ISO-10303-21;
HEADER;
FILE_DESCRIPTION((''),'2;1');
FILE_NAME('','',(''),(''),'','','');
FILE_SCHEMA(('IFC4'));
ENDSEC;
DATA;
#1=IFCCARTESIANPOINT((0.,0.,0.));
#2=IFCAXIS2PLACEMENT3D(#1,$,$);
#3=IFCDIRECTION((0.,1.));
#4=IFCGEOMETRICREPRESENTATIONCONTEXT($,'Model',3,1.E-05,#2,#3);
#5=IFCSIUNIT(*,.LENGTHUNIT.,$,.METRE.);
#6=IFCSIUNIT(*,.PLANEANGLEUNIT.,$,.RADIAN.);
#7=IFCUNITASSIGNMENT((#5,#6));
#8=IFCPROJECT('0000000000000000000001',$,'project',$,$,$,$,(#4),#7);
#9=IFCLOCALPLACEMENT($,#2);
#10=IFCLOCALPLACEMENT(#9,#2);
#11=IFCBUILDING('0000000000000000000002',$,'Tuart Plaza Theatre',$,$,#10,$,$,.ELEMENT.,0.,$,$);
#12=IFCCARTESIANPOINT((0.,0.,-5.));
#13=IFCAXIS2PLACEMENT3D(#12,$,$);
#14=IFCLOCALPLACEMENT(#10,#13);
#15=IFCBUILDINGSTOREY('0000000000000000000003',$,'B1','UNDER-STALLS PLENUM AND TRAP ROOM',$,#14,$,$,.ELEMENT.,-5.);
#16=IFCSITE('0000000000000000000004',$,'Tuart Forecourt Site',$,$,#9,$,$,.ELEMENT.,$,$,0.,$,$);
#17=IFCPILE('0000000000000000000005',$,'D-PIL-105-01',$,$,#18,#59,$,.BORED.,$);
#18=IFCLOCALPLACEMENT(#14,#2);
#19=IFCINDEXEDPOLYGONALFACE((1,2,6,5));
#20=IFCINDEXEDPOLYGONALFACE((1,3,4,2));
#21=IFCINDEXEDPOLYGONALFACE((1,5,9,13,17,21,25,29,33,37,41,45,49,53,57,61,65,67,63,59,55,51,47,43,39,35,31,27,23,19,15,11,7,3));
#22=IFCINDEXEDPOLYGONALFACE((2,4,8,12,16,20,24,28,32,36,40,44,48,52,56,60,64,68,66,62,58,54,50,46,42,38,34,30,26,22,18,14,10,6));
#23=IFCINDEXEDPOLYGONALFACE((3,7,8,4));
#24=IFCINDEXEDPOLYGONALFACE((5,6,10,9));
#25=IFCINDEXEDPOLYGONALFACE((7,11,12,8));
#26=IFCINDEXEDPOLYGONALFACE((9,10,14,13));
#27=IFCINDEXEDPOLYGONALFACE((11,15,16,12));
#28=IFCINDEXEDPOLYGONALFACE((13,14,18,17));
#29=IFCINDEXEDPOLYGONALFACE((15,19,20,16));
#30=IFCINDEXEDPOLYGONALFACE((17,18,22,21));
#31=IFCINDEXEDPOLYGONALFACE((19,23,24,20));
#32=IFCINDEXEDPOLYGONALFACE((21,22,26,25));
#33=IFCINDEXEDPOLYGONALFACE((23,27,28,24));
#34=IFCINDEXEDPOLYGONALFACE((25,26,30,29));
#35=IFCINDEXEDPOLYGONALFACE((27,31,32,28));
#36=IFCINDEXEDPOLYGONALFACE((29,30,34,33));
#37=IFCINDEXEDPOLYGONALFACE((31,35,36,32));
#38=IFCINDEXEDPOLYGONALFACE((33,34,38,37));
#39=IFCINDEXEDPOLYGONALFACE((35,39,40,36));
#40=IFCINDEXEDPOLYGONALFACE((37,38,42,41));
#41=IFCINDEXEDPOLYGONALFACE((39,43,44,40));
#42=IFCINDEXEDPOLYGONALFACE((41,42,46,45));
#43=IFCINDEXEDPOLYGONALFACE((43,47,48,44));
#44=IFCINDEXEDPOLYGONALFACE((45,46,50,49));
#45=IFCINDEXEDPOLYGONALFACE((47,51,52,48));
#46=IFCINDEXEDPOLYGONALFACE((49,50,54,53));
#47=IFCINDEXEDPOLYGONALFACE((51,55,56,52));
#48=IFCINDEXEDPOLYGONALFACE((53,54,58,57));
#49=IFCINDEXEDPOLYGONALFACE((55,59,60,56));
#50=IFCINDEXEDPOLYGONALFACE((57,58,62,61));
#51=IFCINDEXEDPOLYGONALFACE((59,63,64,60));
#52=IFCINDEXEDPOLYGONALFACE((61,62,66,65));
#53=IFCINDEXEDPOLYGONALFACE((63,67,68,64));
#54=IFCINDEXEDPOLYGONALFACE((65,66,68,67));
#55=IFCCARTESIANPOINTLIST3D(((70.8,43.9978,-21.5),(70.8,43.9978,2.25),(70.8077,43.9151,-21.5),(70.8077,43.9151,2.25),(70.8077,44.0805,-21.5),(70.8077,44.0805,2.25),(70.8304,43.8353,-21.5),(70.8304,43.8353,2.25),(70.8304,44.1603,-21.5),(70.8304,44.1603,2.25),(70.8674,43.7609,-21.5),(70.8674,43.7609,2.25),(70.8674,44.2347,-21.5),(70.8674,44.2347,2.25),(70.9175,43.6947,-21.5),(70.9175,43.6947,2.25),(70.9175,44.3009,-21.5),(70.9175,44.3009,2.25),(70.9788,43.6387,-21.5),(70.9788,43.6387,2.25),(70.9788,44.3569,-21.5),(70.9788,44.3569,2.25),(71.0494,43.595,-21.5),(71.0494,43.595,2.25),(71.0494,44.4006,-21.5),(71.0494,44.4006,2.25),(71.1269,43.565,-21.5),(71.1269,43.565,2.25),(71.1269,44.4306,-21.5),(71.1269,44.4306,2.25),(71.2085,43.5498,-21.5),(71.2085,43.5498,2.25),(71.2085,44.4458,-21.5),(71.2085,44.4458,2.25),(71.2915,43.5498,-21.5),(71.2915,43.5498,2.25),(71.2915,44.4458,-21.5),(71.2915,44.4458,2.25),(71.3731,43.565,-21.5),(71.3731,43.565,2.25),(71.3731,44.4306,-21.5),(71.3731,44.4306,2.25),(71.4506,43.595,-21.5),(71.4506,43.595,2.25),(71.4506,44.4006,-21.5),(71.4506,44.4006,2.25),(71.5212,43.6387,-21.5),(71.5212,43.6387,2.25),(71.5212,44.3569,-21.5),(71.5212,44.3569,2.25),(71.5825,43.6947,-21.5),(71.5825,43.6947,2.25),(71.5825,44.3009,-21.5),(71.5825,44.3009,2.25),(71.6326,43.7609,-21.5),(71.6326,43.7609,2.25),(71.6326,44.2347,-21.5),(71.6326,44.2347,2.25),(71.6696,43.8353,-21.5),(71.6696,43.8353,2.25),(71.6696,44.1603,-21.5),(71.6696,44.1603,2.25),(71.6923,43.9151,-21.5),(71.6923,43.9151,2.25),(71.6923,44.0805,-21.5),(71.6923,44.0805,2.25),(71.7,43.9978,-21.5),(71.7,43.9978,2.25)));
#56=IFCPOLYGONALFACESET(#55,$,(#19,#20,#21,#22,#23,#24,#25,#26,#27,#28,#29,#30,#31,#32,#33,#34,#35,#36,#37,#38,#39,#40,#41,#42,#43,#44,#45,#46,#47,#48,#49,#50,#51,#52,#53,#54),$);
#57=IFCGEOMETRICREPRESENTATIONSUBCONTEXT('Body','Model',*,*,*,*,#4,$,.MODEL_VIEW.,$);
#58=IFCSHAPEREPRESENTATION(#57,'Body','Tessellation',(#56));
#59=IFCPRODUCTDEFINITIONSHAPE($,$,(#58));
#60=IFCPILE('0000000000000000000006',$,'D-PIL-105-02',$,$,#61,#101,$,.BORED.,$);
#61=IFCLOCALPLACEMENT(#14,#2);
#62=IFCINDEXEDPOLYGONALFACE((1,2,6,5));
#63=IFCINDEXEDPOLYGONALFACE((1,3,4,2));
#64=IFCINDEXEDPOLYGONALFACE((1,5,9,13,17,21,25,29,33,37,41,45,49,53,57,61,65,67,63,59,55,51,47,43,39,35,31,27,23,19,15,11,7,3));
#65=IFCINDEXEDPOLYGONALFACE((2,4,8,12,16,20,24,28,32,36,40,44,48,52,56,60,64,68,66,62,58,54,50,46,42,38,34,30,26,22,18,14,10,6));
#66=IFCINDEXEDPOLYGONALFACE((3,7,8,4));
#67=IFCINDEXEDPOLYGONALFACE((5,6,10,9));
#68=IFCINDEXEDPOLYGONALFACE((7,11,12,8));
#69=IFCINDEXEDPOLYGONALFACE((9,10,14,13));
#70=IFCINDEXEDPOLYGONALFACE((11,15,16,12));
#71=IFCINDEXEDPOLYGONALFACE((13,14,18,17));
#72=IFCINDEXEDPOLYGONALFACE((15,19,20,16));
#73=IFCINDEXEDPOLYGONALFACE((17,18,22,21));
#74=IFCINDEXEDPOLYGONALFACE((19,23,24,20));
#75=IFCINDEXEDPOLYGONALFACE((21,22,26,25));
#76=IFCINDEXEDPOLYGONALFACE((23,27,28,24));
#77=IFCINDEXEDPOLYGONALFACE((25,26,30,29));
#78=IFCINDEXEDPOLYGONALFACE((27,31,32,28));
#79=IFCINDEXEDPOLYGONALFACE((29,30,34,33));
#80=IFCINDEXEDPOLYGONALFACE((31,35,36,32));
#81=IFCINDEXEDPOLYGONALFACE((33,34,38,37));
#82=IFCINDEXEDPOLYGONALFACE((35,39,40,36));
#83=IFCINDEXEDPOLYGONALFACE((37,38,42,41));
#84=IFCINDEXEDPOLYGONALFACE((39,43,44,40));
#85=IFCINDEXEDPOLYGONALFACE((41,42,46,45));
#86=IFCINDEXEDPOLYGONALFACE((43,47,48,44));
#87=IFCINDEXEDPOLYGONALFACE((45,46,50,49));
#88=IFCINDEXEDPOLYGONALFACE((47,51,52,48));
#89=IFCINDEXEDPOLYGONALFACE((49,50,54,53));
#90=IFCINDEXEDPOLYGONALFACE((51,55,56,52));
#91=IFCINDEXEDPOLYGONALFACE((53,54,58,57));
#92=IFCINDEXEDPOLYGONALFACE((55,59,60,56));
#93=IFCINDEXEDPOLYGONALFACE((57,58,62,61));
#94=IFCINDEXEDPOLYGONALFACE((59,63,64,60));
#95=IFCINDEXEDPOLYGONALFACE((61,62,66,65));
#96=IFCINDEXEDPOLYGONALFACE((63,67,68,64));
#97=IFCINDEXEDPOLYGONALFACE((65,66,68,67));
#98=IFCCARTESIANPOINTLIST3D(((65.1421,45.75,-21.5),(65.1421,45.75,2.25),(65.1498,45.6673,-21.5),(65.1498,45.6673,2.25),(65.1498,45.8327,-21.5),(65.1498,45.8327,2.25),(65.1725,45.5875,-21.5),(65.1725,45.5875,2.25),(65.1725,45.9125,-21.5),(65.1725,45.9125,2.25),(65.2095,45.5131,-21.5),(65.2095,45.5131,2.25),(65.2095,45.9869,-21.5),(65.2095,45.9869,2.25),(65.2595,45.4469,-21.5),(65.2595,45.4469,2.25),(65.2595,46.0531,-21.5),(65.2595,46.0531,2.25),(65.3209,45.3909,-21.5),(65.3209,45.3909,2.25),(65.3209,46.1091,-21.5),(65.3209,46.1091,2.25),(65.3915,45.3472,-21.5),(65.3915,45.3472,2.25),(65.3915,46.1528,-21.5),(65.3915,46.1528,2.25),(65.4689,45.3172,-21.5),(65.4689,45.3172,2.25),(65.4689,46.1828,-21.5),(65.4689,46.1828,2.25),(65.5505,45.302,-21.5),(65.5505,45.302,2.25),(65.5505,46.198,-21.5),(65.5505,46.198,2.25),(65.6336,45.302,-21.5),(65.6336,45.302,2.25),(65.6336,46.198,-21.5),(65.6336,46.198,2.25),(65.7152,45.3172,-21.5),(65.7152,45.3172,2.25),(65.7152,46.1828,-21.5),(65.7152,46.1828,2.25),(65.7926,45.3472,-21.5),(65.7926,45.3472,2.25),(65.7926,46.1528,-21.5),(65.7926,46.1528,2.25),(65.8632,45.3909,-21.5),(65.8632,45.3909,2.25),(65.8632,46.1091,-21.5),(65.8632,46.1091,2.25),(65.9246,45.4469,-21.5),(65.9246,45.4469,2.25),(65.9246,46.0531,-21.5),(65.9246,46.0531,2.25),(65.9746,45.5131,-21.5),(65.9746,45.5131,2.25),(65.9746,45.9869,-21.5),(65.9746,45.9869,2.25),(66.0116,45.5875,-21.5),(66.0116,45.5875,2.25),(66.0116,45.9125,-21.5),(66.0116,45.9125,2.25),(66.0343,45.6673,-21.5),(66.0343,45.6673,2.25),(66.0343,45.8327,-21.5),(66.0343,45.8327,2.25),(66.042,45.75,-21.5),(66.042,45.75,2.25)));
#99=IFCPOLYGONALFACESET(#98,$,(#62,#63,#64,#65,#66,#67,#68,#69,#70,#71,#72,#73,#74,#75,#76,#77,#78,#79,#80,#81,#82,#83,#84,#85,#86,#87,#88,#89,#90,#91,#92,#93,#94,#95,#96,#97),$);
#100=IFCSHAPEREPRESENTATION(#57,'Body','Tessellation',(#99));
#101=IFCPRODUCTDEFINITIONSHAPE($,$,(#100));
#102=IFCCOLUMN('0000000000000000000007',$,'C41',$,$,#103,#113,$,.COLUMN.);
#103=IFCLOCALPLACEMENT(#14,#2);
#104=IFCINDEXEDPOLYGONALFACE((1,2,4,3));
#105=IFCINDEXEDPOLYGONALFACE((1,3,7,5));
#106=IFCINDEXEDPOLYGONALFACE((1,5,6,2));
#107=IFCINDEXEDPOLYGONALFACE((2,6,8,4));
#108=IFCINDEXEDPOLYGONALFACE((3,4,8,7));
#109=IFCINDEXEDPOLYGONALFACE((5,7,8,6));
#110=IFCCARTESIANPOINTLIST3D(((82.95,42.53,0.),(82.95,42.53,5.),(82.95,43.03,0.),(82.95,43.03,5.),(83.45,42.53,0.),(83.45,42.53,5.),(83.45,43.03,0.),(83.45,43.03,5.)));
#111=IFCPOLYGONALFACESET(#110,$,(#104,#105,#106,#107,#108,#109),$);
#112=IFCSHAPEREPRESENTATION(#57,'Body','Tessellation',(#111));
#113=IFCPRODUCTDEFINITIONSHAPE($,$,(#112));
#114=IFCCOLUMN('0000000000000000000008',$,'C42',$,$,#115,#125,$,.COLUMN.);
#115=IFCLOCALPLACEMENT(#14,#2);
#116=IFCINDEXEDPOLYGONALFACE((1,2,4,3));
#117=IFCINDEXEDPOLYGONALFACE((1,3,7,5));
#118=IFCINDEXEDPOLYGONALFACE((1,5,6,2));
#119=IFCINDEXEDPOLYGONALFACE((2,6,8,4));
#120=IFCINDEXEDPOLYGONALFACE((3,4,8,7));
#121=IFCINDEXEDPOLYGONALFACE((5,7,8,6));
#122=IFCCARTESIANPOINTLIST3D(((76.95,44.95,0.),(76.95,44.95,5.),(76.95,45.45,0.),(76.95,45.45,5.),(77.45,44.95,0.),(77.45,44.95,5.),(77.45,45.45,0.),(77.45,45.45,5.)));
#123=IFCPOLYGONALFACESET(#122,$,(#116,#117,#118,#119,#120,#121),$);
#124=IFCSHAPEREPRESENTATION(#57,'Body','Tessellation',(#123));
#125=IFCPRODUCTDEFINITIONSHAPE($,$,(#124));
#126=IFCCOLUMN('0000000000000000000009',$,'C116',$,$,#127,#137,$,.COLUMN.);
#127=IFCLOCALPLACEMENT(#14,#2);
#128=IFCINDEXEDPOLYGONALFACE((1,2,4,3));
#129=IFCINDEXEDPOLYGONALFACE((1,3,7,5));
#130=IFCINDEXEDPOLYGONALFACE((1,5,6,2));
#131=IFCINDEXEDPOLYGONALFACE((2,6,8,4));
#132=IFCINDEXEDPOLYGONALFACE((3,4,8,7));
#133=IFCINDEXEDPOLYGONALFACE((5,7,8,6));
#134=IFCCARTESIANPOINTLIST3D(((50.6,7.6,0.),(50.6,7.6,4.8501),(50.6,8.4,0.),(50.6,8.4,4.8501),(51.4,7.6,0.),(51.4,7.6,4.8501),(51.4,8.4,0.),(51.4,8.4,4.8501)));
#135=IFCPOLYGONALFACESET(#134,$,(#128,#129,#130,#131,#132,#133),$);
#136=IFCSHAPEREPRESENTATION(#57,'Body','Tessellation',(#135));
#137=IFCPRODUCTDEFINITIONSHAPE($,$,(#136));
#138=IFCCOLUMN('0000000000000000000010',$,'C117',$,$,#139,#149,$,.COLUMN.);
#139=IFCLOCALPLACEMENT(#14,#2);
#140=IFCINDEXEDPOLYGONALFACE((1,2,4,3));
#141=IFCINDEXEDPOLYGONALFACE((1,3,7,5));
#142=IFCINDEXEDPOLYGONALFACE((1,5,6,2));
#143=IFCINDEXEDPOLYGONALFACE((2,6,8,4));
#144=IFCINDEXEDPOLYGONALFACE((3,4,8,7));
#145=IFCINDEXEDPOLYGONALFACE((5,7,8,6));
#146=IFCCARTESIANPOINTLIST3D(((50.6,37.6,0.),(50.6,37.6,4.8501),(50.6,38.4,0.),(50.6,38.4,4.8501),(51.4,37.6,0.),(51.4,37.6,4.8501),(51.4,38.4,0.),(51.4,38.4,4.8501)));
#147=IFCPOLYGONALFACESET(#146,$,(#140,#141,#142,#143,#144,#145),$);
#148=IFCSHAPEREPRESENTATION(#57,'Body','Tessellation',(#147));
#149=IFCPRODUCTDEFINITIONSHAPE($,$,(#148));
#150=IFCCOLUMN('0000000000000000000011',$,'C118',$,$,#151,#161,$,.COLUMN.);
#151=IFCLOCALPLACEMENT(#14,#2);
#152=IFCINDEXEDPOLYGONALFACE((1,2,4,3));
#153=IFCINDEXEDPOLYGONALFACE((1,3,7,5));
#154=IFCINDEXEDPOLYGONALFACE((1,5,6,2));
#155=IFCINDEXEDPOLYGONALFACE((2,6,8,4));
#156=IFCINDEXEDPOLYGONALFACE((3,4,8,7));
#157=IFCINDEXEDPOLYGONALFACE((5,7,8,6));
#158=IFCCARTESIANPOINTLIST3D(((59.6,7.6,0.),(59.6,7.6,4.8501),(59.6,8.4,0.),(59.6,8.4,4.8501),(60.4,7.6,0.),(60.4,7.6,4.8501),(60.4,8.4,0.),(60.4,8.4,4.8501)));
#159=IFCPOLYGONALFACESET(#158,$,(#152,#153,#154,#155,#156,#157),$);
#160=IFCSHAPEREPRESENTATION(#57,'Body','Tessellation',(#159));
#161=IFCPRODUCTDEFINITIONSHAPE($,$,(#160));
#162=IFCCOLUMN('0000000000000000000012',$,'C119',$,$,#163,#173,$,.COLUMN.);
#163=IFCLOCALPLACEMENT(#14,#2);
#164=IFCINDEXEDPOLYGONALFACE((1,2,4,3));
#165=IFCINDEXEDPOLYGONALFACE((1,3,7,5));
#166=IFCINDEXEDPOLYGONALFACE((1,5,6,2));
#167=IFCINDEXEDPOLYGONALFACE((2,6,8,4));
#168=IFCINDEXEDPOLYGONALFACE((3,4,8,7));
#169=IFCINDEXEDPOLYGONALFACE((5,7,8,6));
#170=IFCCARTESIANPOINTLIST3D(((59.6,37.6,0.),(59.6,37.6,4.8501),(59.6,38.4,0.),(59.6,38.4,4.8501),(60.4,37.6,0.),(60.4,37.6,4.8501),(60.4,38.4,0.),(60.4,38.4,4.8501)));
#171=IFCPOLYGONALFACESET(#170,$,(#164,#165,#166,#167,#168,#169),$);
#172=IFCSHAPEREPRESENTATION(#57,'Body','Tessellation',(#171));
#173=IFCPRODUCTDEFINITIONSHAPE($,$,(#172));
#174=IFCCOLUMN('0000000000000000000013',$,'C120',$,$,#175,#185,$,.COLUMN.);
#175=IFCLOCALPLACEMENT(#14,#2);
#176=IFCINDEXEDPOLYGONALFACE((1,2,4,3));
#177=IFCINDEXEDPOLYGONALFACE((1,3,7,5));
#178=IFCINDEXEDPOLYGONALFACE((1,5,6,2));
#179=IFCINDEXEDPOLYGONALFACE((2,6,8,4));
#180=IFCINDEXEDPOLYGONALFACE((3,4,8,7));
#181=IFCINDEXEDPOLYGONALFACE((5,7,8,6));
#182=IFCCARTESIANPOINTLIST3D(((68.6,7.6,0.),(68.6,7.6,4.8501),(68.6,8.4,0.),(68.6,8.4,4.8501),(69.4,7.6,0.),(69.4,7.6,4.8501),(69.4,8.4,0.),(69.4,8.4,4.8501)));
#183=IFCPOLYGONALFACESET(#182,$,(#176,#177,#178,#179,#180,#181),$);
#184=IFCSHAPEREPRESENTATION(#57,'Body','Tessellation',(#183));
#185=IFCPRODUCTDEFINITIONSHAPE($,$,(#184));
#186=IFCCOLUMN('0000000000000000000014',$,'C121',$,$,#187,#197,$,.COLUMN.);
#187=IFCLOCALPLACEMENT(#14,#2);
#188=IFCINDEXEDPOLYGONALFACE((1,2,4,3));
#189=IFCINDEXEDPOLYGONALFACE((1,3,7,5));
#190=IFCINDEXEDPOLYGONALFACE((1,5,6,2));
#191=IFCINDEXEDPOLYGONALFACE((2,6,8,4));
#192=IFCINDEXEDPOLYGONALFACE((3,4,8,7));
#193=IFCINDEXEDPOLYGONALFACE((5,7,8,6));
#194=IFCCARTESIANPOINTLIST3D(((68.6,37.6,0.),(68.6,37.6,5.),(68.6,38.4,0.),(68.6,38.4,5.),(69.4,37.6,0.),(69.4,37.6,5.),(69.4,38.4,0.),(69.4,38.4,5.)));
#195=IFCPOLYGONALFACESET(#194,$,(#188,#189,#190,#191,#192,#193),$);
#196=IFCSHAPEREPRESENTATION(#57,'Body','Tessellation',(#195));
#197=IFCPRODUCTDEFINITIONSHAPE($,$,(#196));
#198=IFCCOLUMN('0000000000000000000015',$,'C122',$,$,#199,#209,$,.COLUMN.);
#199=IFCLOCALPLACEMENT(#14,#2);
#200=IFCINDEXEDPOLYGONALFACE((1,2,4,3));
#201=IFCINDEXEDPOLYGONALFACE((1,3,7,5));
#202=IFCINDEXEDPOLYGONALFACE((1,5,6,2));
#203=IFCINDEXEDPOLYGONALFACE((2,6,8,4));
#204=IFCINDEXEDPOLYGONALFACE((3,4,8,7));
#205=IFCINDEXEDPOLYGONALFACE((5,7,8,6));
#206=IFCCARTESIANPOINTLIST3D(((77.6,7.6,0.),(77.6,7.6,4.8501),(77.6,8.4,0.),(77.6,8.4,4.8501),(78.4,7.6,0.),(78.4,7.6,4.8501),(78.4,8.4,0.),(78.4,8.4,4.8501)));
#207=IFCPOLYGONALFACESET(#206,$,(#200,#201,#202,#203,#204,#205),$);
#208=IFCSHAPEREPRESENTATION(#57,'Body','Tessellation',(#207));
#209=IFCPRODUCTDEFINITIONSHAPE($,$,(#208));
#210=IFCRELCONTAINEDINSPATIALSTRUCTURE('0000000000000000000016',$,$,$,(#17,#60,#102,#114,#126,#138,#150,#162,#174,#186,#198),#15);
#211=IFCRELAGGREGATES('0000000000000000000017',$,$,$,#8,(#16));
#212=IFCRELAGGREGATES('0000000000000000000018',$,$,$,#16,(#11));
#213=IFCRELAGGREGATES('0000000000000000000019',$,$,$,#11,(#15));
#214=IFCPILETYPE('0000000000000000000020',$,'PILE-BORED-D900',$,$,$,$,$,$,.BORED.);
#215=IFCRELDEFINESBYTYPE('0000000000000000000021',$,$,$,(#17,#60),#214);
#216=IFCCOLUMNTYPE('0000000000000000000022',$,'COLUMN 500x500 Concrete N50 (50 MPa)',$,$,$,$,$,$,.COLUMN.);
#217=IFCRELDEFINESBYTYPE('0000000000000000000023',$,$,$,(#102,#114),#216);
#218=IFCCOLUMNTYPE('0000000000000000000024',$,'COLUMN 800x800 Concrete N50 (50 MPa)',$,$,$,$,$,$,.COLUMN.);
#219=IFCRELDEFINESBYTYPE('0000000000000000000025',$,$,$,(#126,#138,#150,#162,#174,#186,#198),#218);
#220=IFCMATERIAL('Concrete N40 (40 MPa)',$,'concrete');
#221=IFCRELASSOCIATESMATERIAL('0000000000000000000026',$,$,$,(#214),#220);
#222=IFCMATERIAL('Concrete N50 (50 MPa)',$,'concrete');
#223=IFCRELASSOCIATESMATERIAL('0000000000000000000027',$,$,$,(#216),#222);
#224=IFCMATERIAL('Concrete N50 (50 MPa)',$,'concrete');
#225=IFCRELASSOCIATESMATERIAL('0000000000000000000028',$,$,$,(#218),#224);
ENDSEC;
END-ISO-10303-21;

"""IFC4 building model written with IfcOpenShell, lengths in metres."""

from ifc_helpers import new_model, si_unit, direction, frame, origin, origin_2d, place, context, subcontext, project, spatial, rectangle, circle, extrude, material, material_profile, profile_set, type_object, element, save


model = new_model("IFC4")

# Units and contexts
model_context = context("Model", 3, precision=1e-05, world=origin(), true_north=direction((0.0, 1.0)))
body_context = subcontext(model_context, "Body", "Model", "MODEL_VIEW")
ifc_project = project(units=[si_unit("LENGTHUNIT", "METRE"), si_unit("PLANEANGLEUNIT", "RADIAN")], contexts=[model_context])

# Site, building, storey
site_placement = place(None, origin())
site = spatial("IfcSite", under=ifc_project, at=site_placement, Name="Tuart Forecourt Site", CompositionType="ELEMENT", RefElevation=0.0)
building_placement = place(site_placement, origin())
building = spatial("IfcBuilding", under=site, at=building_placement, Name="Tuart Plaza Theatre", CompositionType="ELEMENT", ElevationOfRefHeight=0.0)
storey_placement = place(building_placement, frame((0.0, 0.0, -5.0)))
storey = spatial("IfcBuildingStorey", under=building, at=storey_placement, Name="B1", Description="UNDER-STALLS PLENUM AND TRAP ROOM", CompositionType="ELEMENT", Elevation=-5.0)

# Piles
ifc_material_1 = material(Name="Concrete N40 (40 MPa)", Category="concrete")
ifc_material_profile_1 = material_profile(ifc_material_1, circle(Radius=0.45, at=origin_2d()), Name="PILE-BORED-D900")
ifc_profile_set_1 = profile_set([ifc_material_profile_1], Name="Concrete N40 (40 MPa)")
pile_type = type_object("IfcPileType", Name="PILE-BORED-D900", PredefinedType="BORED", material=ifc_profile_set_1)
for number, where, z_axis, x_axis, name in (
    (1, (71.25, 43.9978, 2.25), (0.0, 0.0, -1.0), (1.0, 0.0, 0.0), "D-PIL-105-01"),
    (2, (65.592, 45.75, 2.25), (0.0, 0.0, -1.0), (1.0, 0.0, 0.0), "D-PIL-105-02"),
):
    element("IfcPile", number, at=place(storey_placement, frame(where, z_axis=z_axis, x_axis=x_axis)), inside=storey, type_object=pile_type, Name=name, PredefinedType="BORED", context=body_context, shape_type="SweptSolid", body=[
        extrude(circle(Radius=0.45, at=origin_2d()), origin(), (0.0, 0.0, 1.0), 23.75),
    ])

# Columns
ifc_material_2 = material(Name="Concrete N50 (50 MPa)", Category="concrete")
ifc_material_profile_2 = material_profile(ifc_material_2, rectangle(XDim=0.5, YDim=0.5, at=origin_2d()), Name="COLUMN 500x500 Concrete N50 (50 MPa)")
ifc_profile_set_2 = profile_set([ifc_material_profile_2], Name="Concrete N50 (50 MPa)")
column_type_1 = type_object("IfcColumnType", Name="COLUMN 500x500 Concrete N50 (50 MPa)", PredefinedType="COLUMN", material=ifc_profile_set_2)
for number, where, z_axis, x_axis, name in (
    (3, (83.2, 42.78, 0.0), (0.0, 0.0, 1.0), (1.0, 0.0, 0.0), "C41"),
    (4, (77.2, 45.2, 0.0), (0.0, 0.0, 1.0), (1.0, 0.0, 0.0), "C42"),
):
    element("IfcColumn", number, at=place(storey_placement, frame(where, z_axis=z_axis, x_axis=x_axis)), inside=storey, type_object=column_type_1, Name=name, PredefinedType="COLUMN", context=body_context, shape_type="SweptSolid", body=[
        extrude(rectangle(XDim=0.5, YDim=0.5, at=origin_2d()), origin(), (0.0, 0.0, 1.0), 5.0),
    ])
ifc_material_3 = material(Name="Concrete N50 (50 MPa)", Category="concrete")
ifc_material_profile_3 = material_profile(ifc_material_3, rectangle(XDim=0.8, YDim=0.8, at=origin_2d()), Name="COLUMN 800x800 Concrete N50 (50 MPa)")
ifc_profile_set_3 = profile_set([ifc_material_profile_3], Name="Concrete N50 (50 MPa)")
column_type_2 = type_object("IfcColumnType", Name="COLUMN 800x800 Concrete N50 (50 MPa)", PredefinedType="COLUMN", material=ifc_profile_set_3)
for number, where, z_axis, x_axis, name in (
    (5, (51.0, 8.0, 0.0), (0.0, 0.0, 1.0), (1.0, 0.0, 0.0), "C116"),
    (6, (51.0, 38.0, 0.0), (0.0, 0.0, 1.0), (1.0, 0.0, 0.0), "C117"),
    (7, (60.0, 8.0, 0.0), (0.0, 0.0, 1.0), (1.0, 0.0, 0.0), "C118"),
    (8, (60.0, 38.0, 0.0), (0.0, 0.0, 1.0), (1.0, 0.0, 0.0), "C119"),
    (9, (69.0, 8.0, 0.0), (0.0, 0.0, 1.0), (1.0, 0.0, 0.0), "C120"),
):
    element("IfcColumn", number, at=place(storey_placement, frame(where, z_axis=z_axis, x_axis=x_axis)), inside=storey, type_object=column_type_2, Name=name, PredefinedType="COLUMN", context=body_context, shape_type="SweptSolid", body=[
        extrude(rectangle(XDim=0.8, YDim=0.8, at=origin_2d()), origin(), (0.0, 0.0, 1.0), 4.8501),
    ])
column_1_placement = place(storey_placement, frame((69.0, 38.0, 0.0), z_axis=(0.0, 0.0, 1.0), x_axis=(1.0, 0.0, 0.0)))
element("IfcColumn", 10, at=column_1_placement, inside=storey, type_object=column_type_2, Name="C121", PredefinedType="COLUMN", context=body_context, shape_type="SweptSolid", body=[
    extrude(rectangle(XDim=0.8, YDim=0.8, at=origin_2d()), origin(), (0.0, 0.0, 1.0), 5.0),
])
column_2_placement = place(storey_placement, frame((78.0, 8.0, 0.0), z_axis=(0.0, 0.0, 1.0), x_axis=(1.0, 0.0, 0.0)))
element("IfcColumn", 11, at=column_2_placement, inside=storey, type_object=column_type_2, Name="C122", PredefinedType="COLUMN", context=body_context, shape_type="SweptSolid", body=[
    extrude(rectangle(XDim=0.8, YDim=0.8, at=origin_2d()), origin(), (0.0, 0.0, 1.0), 4.8501),
])

save(model, "model.ifc")
